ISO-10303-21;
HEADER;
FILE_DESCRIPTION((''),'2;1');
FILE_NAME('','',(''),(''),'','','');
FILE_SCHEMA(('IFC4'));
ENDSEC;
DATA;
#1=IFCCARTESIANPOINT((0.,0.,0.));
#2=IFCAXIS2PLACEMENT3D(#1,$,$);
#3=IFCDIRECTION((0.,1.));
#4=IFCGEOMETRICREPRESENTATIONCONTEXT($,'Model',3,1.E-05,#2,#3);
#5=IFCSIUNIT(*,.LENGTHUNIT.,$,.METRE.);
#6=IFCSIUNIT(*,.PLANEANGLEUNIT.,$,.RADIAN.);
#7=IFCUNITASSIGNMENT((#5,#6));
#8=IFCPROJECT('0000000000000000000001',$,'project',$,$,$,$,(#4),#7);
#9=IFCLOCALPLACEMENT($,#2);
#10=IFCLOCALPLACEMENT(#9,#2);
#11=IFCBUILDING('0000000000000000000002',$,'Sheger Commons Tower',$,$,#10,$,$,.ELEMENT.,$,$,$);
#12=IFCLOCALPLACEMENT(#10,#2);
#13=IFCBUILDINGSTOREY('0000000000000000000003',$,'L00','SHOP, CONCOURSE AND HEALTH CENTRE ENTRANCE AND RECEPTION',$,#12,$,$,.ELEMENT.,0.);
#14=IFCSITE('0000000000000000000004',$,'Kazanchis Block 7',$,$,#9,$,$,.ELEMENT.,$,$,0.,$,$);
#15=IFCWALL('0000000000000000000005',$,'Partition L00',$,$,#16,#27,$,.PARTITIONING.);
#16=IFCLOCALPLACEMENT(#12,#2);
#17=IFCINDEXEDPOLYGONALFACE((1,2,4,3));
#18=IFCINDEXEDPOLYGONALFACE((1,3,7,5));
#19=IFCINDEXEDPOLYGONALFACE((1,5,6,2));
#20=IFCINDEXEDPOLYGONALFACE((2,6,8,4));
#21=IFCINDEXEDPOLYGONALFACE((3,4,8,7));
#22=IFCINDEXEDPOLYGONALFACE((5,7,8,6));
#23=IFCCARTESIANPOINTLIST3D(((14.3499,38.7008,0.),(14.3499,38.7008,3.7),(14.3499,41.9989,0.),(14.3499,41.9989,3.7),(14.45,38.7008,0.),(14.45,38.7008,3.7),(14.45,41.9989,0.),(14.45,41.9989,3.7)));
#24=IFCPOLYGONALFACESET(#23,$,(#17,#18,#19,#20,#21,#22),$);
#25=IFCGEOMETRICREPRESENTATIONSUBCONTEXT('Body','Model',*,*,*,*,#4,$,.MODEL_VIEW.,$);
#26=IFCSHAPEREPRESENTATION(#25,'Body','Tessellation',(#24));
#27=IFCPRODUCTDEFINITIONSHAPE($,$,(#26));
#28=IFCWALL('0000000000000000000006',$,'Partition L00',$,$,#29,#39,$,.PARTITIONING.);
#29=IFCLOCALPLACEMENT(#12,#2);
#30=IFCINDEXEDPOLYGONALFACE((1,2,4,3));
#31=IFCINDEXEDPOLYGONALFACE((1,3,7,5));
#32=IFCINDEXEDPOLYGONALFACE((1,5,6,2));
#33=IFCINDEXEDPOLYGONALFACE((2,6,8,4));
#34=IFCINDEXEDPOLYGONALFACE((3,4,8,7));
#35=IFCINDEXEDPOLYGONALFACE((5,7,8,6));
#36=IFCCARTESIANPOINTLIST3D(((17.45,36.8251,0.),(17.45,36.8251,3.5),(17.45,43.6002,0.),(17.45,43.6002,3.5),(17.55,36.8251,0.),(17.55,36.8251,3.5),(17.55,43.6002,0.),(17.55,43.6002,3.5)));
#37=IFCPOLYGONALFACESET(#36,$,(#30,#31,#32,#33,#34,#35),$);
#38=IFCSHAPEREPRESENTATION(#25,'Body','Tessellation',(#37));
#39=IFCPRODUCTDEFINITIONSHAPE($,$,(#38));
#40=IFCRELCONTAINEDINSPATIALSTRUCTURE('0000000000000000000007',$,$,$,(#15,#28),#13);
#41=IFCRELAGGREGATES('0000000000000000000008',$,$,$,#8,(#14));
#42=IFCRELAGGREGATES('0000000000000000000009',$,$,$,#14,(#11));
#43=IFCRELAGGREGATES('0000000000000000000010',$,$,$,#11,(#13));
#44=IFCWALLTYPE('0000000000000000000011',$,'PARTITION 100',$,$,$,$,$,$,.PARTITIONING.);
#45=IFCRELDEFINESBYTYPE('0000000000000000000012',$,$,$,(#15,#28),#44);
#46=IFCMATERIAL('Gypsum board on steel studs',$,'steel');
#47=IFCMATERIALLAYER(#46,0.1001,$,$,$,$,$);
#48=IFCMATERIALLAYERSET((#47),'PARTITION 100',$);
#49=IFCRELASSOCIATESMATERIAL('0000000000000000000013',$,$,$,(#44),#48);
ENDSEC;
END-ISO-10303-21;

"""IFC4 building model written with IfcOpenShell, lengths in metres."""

from ifc_helpers import new_model, si_unit, direction, frame, frame_2d, origin, place, context, subcontext, project, spatial, rectangle, extrude, material, layer, layer_set, type_object, element, save


model = new_model("IFC4")

# Units and contexts
model_context = context("Model", 3, precision=1e-05, world=origin(), true_north=direction((0.0, 1.0)))
body_context = subcontext(model_context, "Body", "Model", "MODEL_VIEW")
ifc_project = project(units=[si_unit("LENGTHUNIT", "METRE"), si_unit("PLANEANGLEUNIT", "RADIAN")], contexts=[model_context])

# Site, building, storey
site_placement = place(None, origin())
site = spatial("IfcSite", under=ifc_project, at=site_placement, Name="Kazanchis Block 7", CompositionType="ELEMENT", RefElevation=0.0)
building_placement = place(site_placement, origin())
building = spatial("IfcBuilding", under=site, at=building_placement, Name="Sheger Commons Tower", CompositionType="ELEMENT")
storey_placement = place(building_placement, origin())
storey = spatial("IfcBuildingStorey", under=building, at=storey_placement, Name="L00", Description="SHOP, CONCOURSE AND HEALTH CENTRE ENTRANCE AND RECEPTION", CompositionType="ELEMENT", Elevation=0.0)

# Walls
ifc_material_1 = material(Name="Gypsum board on steel studs", Category="steel")
ifc_layer_1 = layer(ifc_material_1, 0.1001)
ifc_layer_set_1 = layer_set([ifc_layer_1], Name="PARTITION 100")
wall_type_1 = type_object("IfcWallType", Name="PARTITION 100", PredefinedType="PARTITIONING", material=ifc_layer_set_1)
wall_1_placement = place(storey_placement, frame((14.3999, 38.7009, 0.0), z_axis=(0.0, 0.0, 1.0), x_axis=(0.0, 1.0, 0.0)))
element("IfcWall", 1, at=wall_1_placement, inside=storey, type_object=wall_type_1, Name="Partition L00", PredefinedType="PARTITIONING", context=body_context, shape_type="SweptSolid", body=[
    extrude(rectangle(XDim=3.2981, YDim=0.1001, at=frame_2d((1.6489, 0.0))), origin(), (0.0, 0.0, 1.0), 3.7),
])
wall_2_placement = place(storey_placement, frame((17.5, 36.825, 0.0), z_axis=(0.0, 0.0, 1.0), x_axis=(0.0, 1.0, 0.0)))
element("IfcWall", 2, at=wall_2_placement, inside=storey, type_object=wall_type_1, Name="Partition L00", PredefinedType="PARTITIONING", context=body_context, shape_type="SweptSolid", body=[
    extrude(rectangle(XDim=6.7751, YDim=0.1001, at=frame_2d((3.3877, 0.0))), origin(), (0.0, 0.0, 1.0), 3.5),
])

save(model, "model.ifc")
